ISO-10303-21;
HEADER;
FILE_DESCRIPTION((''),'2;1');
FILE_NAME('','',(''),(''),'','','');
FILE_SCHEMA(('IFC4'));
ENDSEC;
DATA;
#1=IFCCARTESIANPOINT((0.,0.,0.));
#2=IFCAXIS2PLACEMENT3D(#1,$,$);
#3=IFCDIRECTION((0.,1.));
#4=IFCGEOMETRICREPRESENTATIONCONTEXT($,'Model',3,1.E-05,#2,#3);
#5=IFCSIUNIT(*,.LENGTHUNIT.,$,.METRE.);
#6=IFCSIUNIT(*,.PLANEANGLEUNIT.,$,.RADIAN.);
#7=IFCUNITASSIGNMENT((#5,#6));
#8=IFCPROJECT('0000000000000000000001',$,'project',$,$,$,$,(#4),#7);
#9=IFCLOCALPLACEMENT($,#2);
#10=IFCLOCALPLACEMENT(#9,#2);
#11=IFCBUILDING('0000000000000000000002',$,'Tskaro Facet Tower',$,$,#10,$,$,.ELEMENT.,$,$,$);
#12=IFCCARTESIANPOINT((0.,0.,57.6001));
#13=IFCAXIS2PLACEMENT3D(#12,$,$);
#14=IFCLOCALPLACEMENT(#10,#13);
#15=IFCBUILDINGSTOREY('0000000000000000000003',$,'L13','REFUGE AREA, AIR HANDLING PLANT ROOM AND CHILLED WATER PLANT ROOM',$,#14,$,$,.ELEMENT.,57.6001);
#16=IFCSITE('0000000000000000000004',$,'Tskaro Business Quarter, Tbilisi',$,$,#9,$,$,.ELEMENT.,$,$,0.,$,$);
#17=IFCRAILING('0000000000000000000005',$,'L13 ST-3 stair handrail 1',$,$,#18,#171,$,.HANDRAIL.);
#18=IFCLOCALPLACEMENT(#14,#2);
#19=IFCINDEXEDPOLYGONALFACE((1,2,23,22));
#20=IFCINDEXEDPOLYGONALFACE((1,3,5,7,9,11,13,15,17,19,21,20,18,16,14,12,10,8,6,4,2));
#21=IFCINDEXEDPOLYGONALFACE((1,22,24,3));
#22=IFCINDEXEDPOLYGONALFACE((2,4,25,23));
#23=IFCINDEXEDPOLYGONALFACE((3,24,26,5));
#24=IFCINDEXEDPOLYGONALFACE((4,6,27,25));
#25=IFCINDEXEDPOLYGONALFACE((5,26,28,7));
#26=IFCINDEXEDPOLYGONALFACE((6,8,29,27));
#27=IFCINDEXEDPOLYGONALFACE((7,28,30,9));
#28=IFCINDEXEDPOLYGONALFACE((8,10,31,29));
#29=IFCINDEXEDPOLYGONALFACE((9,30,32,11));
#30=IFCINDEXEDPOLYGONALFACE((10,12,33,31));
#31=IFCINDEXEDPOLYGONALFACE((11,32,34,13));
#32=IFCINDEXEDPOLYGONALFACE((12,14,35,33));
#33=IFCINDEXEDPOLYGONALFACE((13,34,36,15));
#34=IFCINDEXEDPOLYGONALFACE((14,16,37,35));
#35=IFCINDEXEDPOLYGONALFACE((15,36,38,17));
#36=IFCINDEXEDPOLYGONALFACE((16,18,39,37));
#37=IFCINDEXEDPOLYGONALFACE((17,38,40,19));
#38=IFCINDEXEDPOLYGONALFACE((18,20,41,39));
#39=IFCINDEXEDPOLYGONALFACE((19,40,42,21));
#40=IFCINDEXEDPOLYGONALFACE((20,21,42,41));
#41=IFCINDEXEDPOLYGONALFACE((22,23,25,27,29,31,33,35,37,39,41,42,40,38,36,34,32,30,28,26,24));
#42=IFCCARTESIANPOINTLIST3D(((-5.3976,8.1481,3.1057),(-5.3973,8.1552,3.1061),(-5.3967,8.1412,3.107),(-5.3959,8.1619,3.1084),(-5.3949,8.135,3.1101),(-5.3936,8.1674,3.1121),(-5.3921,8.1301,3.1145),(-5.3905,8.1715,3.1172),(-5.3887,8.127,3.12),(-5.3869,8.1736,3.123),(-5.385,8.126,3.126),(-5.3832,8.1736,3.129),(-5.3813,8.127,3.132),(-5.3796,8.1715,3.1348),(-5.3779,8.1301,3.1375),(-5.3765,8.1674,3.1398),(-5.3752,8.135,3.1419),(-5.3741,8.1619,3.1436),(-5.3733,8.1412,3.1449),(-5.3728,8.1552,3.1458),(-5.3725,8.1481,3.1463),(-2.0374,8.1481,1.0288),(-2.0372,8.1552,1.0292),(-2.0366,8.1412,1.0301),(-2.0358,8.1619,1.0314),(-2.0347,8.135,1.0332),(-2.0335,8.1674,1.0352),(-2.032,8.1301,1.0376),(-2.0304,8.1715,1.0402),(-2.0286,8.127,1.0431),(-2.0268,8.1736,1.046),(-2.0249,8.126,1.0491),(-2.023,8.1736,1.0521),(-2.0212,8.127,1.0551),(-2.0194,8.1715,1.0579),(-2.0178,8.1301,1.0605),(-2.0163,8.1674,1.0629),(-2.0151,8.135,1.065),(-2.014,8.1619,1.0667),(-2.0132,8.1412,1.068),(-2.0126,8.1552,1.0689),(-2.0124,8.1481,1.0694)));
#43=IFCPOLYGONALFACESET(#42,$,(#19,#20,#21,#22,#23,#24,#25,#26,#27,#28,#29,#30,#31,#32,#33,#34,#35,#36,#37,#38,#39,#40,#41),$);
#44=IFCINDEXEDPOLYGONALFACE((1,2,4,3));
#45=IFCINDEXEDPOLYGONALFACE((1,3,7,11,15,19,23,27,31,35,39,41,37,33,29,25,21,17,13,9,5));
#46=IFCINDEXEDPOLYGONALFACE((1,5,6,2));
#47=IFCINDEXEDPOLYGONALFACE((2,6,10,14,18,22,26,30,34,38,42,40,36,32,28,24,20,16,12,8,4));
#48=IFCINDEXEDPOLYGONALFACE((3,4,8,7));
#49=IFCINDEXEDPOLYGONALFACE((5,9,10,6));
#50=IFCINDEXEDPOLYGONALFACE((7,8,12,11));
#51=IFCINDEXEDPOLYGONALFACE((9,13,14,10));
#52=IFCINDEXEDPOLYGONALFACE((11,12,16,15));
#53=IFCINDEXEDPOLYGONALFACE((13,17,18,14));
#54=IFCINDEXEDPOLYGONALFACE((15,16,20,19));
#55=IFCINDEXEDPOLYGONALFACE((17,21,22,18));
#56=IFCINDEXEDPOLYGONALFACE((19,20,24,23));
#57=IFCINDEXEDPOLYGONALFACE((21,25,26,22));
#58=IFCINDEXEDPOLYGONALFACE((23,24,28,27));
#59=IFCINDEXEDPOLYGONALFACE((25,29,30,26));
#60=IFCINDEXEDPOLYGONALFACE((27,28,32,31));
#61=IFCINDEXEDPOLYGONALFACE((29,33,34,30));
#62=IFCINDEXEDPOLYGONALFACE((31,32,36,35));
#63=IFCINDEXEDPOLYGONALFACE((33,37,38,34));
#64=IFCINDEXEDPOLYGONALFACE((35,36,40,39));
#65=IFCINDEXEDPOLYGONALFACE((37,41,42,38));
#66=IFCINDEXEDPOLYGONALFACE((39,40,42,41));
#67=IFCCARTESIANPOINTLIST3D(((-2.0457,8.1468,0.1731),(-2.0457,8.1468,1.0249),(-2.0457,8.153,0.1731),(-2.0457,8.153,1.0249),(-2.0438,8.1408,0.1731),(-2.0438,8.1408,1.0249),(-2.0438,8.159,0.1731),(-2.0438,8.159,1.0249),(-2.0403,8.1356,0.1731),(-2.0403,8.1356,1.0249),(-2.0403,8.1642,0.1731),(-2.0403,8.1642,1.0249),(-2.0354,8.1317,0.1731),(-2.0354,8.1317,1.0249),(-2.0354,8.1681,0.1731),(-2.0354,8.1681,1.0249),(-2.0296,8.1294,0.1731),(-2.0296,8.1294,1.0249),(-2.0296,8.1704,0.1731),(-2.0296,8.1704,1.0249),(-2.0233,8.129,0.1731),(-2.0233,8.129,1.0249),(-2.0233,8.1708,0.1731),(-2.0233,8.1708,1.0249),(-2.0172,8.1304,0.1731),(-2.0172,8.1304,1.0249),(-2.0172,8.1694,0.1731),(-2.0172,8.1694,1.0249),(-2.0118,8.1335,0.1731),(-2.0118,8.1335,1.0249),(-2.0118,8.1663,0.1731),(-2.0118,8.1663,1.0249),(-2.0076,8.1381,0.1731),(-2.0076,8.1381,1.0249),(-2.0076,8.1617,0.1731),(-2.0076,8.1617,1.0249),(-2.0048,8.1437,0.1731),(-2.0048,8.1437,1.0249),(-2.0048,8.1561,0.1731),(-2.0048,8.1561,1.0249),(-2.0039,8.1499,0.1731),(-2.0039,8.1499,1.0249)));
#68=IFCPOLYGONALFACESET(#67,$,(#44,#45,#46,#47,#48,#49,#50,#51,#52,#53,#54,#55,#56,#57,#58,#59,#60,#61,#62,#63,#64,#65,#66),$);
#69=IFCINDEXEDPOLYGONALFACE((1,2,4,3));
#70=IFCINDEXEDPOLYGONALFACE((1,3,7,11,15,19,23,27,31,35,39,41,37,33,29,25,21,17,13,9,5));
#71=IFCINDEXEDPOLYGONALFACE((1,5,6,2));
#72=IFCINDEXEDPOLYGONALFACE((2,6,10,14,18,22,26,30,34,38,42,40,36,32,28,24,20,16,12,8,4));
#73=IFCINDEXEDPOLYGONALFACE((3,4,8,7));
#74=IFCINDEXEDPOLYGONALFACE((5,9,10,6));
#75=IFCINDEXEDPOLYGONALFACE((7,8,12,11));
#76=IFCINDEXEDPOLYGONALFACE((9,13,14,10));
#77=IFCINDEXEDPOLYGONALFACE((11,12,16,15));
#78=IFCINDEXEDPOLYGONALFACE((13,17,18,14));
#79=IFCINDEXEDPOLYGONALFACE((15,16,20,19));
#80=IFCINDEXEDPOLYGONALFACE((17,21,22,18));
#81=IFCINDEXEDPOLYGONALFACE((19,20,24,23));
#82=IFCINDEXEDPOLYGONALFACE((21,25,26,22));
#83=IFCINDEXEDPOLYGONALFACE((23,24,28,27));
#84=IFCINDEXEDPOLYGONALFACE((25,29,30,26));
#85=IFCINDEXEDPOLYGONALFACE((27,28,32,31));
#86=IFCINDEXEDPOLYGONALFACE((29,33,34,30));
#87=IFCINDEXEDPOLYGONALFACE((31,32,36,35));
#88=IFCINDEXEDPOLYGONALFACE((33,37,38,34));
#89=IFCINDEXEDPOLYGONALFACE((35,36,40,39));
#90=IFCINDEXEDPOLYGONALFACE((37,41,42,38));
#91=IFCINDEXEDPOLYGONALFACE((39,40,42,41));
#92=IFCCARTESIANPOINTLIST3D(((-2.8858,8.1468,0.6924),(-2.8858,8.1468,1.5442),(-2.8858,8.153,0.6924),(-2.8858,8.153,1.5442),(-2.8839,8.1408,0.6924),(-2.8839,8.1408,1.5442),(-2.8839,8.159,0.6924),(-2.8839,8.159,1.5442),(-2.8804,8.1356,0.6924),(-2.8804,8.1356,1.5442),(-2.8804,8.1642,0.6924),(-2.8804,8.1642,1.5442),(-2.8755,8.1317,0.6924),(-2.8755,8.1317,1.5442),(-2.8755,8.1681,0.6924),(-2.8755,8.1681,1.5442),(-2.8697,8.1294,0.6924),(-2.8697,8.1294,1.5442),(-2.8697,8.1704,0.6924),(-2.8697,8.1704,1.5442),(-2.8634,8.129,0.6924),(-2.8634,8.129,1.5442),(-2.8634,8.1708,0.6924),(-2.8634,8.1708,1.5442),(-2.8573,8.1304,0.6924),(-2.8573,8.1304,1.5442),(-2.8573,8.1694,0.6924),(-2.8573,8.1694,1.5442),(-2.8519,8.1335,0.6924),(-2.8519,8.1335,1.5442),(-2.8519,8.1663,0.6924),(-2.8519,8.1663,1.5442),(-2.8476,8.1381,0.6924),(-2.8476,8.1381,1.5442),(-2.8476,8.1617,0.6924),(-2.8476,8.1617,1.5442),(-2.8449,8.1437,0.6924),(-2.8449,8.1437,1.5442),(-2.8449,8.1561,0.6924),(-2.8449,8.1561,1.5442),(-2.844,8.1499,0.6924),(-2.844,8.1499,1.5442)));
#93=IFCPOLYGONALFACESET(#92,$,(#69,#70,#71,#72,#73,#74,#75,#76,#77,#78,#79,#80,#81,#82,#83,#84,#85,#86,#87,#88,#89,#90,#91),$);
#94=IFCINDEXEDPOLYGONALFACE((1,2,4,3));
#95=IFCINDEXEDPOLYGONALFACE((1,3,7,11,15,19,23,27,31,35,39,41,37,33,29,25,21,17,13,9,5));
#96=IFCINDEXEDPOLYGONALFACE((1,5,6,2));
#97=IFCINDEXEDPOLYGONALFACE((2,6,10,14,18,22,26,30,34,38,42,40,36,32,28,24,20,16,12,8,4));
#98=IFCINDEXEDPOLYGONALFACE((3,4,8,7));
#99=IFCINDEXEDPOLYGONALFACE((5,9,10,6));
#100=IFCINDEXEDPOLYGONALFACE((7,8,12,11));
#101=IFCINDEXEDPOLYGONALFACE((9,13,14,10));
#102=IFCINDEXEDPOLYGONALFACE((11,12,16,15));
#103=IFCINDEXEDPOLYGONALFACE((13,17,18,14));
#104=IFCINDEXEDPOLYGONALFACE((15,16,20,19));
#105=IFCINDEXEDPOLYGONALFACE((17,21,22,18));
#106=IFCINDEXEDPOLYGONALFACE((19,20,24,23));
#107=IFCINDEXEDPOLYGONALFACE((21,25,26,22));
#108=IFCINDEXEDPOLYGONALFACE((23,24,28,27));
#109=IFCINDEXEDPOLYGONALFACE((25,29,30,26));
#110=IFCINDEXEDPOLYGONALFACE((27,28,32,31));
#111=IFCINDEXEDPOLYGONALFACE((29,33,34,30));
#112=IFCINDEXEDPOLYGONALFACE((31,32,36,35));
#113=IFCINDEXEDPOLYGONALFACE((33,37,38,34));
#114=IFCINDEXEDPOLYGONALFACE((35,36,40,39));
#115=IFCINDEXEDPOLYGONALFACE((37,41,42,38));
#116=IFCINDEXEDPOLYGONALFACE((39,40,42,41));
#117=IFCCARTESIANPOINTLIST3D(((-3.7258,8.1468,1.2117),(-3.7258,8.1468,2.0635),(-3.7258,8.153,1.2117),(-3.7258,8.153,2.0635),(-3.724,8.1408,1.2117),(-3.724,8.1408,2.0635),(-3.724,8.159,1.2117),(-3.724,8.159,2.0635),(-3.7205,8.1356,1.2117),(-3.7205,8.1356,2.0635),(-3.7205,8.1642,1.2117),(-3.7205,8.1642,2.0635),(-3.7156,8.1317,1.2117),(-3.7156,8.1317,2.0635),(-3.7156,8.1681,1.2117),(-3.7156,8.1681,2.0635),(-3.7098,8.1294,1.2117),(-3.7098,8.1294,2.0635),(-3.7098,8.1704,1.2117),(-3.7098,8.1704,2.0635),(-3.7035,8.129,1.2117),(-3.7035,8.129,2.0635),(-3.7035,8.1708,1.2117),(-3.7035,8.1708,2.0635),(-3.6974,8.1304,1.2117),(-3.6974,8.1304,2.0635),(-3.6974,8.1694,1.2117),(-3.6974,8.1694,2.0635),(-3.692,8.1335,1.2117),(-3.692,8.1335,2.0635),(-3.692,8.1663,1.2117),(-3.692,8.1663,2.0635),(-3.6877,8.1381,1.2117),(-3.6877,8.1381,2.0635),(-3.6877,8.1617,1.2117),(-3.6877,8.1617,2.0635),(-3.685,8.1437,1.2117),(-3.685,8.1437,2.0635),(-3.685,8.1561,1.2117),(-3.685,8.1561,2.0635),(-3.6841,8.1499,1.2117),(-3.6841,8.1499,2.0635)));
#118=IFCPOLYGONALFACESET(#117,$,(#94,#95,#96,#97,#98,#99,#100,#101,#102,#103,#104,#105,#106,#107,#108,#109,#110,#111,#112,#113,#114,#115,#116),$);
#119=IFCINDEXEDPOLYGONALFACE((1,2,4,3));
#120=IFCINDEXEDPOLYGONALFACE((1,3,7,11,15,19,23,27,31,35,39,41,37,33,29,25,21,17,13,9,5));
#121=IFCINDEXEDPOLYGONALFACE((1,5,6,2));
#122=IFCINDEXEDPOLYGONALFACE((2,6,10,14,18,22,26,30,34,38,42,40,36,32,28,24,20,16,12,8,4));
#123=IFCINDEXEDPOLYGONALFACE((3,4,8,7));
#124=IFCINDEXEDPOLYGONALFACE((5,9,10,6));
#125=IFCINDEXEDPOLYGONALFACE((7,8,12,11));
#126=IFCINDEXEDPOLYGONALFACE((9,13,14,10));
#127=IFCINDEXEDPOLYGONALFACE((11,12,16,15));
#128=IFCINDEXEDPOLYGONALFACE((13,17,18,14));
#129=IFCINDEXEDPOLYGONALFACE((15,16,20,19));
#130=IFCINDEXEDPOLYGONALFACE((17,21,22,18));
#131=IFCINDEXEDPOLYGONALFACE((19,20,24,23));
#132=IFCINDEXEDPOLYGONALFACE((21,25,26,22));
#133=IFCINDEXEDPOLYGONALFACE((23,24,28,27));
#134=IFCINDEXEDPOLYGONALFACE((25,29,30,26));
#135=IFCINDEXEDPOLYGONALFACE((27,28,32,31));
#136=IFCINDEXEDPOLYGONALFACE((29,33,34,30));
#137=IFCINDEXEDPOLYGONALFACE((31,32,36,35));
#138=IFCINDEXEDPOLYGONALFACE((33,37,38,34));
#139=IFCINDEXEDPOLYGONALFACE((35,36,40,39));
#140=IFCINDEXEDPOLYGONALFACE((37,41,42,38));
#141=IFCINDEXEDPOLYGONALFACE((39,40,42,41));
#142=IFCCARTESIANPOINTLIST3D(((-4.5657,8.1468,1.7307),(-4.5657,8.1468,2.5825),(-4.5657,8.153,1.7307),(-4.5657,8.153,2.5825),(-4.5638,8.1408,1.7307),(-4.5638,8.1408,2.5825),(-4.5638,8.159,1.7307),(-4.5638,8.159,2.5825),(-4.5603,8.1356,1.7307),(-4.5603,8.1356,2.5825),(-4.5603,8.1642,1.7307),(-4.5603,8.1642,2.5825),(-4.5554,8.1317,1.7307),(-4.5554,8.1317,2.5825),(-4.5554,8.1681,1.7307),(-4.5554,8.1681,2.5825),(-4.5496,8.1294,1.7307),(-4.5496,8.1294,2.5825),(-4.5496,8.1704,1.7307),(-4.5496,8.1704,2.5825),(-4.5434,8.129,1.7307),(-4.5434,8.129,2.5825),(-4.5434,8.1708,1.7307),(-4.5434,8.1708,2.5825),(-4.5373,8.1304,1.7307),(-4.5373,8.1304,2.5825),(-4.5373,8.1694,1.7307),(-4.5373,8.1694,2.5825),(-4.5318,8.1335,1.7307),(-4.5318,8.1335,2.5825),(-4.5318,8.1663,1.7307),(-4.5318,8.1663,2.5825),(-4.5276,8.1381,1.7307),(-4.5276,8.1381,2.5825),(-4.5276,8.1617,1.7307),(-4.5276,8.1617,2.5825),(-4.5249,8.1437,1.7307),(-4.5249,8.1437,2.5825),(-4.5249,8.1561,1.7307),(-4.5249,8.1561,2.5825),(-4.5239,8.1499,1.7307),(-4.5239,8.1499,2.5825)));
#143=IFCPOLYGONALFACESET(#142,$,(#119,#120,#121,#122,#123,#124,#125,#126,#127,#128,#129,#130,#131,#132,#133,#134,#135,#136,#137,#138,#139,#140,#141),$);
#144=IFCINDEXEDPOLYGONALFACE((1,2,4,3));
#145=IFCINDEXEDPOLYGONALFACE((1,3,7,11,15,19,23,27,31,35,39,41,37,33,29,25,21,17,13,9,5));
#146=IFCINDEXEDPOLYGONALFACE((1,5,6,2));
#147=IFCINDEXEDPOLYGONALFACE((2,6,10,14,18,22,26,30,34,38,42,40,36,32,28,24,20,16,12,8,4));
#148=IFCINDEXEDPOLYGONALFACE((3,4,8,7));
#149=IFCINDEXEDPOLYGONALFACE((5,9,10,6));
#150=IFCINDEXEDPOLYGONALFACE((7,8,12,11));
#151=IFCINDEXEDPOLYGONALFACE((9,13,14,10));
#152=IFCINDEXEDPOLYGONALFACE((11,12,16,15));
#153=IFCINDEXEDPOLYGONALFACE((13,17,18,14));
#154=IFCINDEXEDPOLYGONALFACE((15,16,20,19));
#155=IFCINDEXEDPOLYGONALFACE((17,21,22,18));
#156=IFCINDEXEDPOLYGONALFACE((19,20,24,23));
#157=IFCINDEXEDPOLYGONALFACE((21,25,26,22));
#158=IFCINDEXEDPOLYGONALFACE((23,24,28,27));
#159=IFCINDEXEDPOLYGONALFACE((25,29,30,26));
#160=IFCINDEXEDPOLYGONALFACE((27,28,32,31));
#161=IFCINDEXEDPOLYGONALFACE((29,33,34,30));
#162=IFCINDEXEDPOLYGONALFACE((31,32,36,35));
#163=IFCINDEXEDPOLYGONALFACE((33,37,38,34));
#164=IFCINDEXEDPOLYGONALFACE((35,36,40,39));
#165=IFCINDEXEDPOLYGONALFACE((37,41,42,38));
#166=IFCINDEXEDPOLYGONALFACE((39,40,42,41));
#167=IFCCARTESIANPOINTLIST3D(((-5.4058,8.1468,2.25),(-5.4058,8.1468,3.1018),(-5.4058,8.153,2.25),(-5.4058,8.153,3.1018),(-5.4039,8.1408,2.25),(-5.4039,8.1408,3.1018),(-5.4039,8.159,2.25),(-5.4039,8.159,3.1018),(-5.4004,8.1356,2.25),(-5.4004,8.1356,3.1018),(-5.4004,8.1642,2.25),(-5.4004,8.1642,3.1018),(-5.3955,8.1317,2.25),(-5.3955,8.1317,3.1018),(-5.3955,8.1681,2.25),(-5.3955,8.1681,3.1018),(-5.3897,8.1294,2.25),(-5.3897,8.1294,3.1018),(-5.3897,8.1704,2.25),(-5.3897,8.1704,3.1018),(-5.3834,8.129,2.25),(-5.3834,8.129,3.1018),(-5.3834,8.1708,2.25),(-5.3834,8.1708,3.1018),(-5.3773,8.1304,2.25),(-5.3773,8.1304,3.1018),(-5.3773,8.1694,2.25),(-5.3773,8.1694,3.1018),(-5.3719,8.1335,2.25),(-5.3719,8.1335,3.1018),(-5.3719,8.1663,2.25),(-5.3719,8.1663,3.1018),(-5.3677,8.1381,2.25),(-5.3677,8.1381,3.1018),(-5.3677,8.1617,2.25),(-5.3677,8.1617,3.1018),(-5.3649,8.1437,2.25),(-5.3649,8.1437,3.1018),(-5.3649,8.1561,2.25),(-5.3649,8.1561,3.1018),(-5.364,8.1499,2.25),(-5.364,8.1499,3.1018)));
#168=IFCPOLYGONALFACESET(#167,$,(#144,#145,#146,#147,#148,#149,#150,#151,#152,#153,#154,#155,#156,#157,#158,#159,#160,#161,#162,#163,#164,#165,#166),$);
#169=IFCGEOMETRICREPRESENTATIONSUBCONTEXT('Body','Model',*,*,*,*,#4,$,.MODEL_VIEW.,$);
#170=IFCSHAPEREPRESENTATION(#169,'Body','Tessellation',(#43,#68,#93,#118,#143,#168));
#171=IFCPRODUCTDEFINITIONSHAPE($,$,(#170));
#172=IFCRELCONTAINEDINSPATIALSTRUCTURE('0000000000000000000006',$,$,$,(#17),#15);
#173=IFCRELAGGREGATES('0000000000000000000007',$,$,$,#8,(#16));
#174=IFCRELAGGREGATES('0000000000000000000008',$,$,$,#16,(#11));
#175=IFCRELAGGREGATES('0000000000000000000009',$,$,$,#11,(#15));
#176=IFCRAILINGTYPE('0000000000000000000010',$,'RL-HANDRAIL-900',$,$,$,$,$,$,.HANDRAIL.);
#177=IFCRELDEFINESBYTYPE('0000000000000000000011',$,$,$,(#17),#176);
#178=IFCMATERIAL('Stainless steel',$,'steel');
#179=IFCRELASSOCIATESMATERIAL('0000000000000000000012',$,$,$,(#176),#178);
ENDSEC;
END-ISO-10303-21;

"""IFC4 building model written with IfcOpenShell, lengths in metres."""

from ifc_helpers import new_model, si_unit, direction, frame, origin, origin_2d, place, context, subcontext, project, spatial, circle, extrude, material, type_object, element, save


model = new_model("IFC4")

# Units and contexts
model_context = context("Model", 3, precision=1e-05, world=origin(), true_north=direction((0.0, 1.0)))
body_context = subcontext(model_context, "Body", "Model", "MODEL_VIEW")
ifc_project = project(units=[si_unit("LENGTHUNIT", "METRE"), si_unit("PLANEANGLEUNIT", "RADIAN")], contexts=[model_context])

# Site, building, storey
site_placement = place(None, origin())
site = spatial("IfcSite", under=ifc_project, at=site_placement, Name="Tskaro Business Quarter, Tbilisi", CompositionType="ELEMENT", RefElevation=0.0)
building_placement = place(site_placement, origin())
building = spatial("IfcBuilding", under=site, at=building_placement, Name="Tskaro Facet Tower", CompositionType="ELEMENT")
storey_placement = place(building_placement, frame((0.0, 0.0, 57.6001)))
storey = spatial("IfcBuildingStorey", under=building, at=storey_placement, Name="L13", Description="REFUGE AREA, AIR HANDLING PLANT ROOM AND CHILLED WATER PLANT ROOM", CompositionType="ELEMENT", Elevation=57.6001)

# Railing
ifc_material_1 = material(Name="Stainless steel", Category="steel")
railing_type_1 = type_object("IfcRailingType", Name="RL-HANDRAIL-900", PredefinedType="HANDRAIL", material=ifc_material_1)
railing_1_placement = place(storey_placement, frame((-2.0249, 8.1499, 0.1731)))
element("IfcRailing", 1, at=railing_1_placement, inside=storey, type_object=railing_type_1, Name="L13 ST-3 stair handrail 1", PredefinedType="HANDRAIL", context=body_context, shape_type="SweptSolid", body=[
    extrude(circle(Radius=0.0239, at=origin_2d()), frame((0.0, 0.0, 0.876), z_axis=(-0.850623, 0.0, 0.525776), x_axis=(0.0, -1.0, 0.0)), (0.0, 0.0, 1.0), 3.9502),
    extrude(circle(Radius=0.021, at=origin_2d()), origin(), (0.0, 0.0, 1.0), 0.8518),
    extrude(circle(Radius=0.021, at=origin_2d()), frame((-0.8401, 0.0, 0.5193)), (0.0, 0.0, 1.0), 0.8518),
    extrude(circle(Radius=0.021, at=origin_2d()), frame((-1.6802, 0.0, 1.0386)), (0.0, 0.0, 1.0), 0.8518),
    extrude(circle(Radius=0.021, at=origin_2d()), frame((-2.52, 0.0, 1.5576)), (0.0, 0.0, 1.0), 0.8518),
    extrude(circle(Radius=0.021, at=origin_2d()), frame((-3.3601, 0.0, 2.0769)), (0.0, 0.0, 1.0), 0.8518),
])

save(model, "model.ifc")
